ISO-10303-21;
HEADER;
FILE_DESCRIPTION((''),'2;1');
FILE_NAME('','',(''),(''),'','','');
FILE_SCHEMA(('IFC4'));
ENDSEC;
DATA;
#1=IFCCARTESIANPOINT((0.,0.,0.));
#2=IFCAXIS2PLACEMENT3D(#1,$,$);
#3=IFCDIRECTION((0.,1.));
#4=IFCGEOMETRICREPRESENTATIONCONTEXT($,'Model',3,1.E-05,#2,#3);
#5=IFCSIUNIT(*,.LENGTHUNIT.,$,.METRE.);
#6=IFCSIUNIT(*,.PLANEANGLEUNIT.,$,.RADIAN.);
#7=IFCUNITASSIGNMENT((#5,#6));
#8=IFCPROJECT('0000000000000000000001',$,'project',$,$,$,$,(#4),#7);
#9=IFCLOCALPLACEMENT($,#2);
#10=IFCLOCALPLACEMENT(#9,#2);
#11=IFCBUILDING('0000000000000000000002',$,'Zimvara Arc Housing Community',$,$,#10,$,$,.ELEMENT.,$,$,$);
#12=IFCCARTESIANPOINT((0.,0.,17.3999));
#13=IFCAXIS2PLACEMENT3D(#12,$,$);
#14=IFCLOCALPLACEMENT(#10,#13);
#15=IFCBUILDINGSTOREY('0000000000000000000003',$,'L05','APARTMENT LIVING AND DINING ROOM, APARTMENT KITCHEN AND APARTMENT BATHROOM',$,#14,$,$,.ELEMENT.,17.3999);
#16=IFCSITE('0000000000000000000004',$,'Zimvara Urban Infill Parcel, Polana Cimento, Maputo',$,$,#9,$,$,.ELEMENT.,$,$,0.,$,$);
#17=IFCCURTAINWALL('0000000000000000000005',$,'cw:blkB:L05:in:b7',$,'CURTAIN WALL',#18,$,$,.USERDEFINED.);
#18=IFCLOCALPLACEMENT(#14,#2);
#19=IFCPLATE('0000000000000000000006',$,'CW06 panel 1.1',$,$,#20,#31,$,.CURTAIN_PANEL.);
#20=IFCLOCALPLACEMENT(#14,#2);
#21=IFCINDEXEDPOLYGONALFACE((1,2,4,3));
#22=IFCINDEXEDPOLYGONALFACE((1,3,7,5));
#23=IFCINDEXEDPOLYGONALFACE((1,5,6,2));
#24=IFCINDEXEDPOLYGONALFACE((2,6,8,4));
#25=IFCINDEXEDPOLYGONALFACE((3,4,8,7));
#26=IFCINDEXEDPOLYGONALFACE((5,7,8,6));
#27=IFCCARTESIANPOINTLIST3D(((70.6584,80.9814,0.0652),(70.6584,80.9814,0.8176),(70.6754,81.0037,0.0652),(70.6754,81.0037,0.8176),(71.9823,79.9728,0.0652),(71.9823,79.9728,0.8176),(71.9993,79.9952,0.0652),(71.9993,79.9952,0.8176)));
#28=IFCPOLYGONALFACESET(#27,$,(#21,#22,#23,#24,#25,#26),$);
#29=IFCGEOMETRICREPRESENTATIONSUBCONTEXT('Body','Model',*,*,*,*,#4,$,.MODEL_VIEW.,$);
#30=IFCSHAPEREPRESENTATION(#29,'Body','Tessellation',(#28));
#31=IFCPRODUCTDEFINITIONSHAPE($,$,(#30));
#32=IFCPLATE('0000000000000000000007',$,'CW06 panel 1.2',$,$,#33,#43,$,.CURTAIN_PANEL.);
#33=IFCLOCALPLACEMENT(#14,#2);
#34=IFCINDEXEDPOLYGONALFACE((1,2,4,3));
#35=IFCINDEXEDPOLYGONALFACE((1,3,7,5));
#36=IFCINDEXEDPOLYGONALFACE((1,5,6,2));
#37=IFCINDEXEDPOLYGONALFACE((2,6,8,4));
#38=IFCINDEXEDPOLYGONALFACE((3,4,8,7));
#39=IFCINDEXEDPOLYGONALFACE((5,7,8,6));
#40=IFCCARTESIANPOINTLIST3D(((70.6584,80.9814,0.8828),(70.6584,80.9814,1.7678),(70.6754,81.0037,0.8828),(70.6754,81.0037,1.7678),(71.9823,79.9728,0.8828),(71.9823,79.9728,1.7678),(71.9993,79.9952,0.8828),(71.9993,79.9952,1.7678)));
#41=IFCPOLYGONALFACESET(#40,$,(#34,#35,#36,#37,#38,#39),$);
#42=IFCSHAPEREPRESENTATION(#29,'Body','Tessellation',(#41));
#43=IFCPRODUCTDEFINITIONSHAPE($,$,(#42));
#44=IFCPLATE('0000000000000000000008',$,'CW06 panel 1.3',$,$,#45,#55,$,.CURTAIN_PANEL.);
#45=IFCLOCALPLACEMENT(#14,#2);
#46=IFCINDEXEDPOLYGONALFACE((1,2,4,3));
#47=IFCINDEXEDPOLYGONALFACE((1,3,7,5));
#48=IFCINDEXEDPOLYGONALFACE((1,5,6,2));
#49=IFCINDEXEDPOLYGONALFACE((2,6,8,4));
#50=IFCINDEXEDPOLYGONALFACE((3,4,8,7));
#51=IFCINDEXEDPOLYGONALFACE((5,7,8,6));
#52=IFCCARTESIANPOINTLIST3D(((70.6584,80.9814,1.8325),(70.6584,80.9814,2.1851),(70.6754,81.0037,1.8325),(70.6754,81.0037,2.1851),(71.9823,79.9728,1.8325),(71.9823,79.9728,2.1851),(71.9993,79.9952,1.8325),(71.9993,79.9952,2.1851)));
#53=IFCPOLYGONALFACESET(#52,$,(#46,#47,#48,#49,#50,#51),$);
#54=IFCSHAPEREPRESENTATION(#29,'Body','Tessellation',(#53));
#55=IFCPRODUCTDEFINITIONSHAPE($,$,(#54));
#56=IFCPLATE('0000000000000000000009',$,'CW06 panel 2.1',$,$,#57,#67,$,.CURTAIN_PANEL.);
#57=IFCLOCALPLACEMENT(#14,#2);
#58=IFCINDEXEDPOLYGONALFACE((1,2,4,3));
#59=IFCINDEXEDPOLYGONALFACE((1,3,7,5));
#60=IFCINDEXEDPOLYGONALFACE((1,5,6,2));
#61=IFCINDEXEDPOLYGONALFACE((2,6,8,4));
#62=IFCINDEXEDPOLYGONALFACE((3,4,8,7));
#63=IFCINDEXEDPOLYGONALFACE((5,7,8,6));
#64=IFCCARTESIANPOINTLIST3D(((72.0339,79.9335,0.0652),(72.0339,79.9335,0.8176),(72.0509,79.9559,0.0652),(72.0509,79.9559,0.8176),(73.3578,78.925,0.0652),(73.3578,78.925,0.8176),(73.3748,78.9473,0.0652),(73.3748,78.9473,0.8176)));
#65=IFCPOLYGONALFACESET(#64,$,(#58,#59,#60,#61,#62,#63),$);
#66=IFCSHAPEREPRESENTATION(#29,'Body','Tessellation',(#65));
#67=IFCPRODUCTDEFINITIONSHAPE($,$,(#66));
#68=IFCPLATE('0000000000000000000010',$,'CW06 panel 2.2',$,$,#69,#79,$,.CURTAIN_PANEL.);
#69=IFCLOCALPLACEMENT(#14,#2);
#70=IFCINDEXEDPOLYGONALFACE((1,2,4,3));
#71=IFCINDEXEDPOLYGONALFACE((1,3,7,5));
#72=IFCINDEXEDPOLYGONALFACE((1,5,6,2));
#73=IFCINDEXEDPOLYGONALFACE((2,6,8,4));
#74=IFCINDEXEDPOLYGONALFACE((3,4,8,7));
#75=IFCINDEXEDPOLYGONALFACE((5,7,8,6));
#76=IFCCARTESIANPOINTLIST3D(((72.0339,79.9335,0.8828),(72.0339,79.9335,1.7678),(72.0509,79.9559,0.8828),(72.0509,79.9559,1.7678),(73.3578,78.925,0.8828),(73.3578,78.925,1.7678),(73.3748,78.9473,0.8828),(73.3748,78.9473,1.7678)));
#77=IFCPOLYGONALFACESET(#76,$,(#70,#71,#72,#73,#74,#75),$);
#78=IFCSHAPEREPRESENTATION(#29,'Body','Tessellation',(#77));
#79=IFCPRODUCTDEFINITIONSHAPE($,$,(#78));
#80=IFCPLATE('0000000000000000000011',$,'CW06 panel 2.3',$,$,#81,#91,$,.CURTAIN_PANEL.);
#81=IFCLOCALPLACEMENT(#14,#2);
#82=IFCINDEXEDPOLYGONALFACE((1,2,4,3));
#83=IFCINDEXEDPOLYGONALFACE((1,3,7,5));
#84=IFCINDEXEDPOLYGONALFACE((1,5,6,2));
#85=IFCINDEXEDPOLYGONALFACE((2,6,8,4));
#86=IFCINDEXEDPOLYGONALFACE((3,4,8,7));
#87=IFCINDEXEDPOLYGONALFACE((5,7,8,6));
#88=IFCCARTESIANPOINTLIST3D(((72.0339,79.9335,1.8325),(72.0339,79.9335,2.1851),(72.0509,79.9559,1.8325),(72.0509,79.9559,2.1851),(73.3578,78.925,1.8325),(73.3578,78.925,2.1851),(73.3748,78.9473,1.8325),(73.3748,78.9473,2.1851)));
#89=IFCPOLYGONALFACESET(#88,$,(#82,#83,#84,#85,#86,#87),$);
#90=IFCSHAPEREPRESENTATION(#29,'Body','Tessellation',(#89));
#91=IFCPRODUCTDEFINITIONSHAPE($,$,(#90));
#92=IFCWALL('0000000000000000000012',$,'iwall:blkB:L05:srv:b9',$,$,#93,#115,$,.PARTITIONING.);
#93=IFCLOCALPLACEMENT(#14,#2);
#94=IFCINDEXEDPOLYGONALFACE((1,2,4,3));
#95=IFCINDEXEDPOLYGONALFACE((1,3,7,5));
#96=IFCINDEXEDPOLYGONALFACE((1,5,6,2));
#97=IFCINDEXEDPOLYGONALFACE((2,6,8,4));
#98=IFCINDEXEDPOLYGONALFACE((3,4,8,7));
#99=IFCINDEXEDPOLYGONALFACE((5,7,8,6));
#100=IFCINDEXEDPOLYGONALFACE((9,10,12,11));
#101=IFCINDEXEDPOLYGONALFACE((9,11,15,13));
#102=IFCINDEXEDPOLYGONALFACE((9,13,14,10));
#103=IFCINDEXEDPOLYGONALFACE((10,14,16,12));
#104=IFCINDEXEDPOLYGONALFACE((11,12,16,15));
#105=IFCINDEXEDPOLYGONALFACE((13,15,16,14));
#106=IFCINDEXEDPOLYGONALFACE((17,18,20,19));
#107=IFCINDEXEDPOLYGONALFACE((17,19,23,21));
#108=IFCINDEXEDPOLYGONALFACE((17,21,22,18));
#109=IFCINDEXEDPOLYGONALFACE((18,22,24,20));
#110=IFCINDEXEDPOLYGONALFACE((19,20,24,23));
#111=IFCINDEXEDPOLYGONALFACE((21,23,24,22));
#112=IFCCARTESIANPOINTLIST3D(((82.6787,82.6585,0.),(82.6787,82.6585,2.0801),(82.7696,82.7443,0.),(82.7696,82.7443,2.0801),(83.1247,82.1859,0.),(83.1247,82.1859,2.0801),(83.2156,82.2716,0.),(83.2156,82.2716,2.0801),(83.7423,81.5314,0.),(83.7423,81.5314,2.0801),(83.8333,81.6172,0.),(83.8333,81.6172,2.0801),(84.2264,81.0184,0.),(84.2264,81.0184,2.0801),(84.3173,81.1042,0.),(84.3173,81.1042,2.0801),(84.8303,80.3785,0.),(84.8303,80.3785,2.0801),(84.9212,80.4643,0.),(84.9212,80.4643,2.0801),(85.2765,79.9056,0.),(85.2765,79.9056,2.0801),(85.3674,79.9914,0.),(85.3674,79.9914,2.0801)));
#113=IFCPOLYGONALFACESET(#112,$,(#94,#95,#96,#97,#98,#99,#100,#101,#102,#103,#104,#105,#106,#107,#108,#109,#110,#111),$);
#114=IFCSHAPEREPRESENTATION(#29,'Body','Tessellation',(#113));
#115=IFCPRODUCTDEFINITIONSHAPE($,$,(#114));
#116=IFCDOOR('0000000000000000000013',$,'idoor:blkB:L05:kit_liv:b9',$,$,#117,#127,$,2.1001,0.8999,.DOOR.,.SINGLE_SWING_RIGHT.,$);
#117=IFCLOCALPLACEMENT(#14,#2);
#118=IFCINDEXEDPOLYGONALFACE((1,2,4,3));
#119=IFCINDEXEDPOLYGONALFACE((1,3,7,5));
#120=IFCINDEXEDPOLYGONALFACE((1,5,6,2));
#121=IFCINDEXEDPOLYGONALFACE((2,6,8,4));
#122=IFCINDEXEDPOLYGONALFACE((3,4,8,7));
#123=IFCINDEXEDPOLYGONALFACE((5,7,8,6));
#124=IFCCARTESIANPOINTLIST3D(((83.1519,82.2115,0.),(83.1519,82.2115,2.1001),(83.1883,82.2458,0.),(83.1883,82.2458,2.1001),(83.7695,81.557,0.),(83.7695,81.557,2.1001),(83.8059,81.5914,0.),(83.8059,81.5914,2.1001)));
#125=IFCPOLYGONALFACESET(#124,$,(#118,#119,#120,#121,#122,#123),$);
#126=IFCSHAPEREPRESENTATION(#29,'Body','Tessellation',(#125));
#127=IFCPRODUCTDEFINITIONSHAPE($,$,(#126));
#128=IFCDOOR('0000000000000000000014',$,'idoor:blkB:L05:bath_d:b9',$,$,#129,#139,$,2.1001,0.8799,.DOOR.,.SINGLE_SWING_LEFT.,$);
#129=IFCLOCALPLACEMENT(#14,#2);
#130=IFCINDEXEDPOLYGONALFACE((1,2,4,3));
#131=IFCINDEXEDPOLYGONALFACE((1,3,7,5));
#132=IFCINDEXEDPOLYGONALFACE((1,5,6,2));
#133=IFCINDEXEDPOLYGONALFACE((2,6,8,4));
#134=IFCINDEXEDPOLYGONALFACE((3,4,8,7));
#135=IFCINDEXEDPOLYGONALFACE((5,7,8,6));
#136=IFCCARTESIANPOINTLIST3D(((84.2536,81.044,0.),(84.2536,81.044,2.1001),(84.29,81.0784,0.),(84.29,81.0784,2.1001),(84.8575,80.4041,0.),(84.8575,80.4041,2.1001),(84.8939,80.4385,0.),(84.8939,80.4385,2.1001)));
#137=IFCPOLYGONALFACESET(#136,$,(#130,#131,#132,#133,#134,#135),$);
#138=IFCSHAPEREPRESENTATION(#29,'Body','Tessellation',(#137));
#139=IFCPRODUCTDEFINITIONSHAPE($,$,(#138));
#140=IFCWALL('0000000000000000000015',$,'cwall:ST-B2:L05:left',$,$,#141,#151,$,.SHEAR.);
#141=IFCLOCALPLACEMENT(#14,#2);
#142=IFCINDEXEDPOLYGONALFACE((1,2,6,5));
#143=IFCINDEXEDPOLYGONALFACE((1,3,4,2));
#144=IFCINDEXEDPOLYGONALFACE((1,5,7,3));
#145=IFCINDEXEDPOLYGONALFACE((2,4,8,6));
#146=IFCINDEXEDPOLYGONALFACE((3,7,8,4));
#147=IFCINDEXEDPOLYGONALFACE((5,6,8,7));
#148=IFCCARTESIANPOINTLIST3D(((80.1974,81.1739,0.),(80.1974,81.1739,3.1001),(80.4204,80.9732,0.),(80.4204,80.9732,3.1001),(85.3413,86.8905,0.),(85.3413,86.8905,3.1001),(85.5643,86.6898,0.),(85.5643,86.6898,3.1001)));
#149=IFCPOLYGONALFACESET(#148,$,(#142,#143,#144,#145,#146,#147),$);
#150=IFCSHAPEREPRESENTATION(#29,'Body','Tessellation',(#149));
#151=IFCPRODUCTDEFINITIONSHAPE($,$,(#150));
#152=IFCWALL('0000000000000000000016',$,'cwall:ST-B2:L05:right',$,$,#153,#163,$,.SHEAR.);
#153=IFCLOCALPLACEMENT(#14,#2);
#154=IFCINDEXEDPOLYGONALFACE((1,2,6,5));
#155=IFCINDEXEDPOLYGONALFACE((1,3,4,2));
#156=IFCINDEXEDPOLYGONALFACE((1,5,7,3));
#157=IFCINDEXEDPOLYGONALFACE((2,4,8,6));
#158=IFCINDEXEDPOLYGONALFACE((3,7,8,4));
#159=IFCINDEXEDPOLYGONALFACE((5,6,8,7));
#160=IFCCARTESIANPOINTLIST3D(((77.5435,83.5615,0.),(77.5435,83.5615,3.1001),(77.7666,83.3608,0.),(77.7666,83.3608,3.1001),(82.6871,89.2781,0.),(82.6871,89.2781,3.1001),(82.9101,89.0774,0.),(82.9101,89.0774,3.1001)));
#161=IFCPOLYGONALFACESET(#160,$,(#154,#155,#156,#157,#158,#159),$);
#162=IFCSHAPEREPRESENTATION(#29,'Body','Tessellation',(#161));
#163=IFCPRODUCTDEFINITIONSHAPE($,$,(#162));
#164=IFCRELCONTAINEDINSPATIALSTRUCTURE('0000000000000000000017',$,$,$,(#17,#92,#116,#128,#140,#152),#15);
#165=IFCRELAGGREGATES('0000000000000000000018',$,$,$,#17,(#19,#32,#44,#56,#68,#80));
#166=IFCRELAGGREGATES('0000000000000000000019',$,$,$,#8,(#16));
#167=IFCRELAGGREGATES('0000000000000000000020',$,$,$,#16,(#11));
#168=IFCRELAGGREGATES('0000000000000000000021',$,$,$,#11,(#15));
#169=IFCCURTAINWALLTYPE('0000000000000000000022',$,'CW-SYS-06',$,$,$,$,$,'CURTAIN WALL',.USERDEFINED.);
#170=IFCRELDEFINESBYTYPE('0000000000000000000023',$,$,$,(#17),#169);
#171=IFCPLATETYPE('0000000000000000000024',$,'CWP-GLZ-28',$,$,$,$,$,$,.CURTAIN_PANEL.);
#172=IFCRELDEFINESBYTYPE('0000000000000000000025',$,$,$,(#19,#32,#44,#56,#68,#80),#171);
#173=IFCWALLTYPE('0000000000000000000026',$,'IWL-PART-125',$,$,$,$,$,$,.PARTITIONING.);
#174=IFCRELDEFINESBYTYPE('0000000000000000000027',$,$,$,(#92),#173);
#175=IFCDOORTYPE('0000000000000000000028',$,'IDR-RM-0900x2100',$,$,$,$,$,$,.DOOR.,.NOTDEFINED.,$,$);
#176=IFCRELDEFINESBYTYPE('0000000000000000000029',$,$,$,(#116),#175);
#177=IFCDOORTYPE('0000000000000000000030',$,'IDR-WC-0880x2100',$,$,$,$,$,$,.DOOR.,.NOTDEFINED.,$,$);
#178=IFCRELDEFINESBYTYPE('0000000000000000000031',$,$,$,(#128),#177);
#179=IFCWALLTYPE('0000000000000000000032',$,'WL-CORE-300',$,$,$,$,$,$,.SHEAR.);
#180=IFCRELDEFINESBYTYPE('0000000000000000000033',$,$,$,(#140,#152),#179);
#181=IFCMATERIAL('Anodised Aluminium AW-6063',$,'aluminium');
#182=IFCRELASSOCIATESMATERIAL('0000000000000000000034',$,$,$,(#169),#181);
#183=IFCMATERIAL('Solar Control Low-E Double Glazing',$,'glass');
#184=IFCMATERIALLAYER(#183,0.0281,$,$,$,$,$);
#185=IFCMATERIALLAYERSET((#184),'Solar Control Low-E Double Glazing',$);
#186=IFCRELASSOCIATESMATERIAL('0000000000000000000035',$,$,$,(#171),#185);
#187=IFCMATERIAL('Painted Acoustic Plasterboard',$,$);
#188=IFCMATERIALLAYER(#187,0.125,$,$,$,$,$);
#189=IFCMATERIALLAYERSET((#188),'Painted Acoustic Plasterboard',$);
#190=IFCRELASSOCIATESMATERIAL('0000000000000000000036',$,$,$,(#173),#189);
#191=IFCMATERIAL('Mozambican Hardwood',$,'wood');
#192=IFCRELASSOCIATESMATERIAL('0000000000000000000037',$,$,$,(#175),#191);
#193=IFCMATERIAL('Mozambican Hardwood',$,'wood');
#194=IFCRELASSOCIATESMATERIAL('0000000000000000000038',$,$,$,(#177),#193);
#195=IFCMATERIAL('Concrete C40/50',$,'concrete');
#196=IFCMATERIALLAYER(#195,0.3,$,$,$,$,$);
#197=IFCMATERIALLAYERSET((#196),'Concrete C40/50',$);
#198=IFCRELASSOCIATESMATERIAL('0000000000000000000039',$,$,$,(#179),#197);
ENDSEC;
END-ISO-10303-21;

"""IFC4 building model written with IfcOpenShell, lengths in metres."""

from ifc_helpers import new_model, si_unit, direction, frame, frame_2d, origin, origin_2d, place, context, subcontext, project, spatial, rectangle, extrude, material, layer, layer_set, type_object, element, fill, aggregate, save


model = new_model("IFC4")

# Units and contexts
model_context = context("Model", 3, precision=1e-05, world=origin(), true_north=direction((0.0, 1.0)))
body_context = subcontext(model_context, "Body", "Model", "MODEL_VIEW")
ifc_project = project(units=[si_unit("LENGTHUNIT", "METRE"), si_unit("PLANEANGLEUNIT", "RADIAN")], contexts=[model_context])

# Site, building, storey
site_placement = place(None, origin())
site = spatial("IfcSite", under=ifc_project, at=site_placement, Name="Zimvara Urban Infill Parcel, Polana Cimento, Maputo", CompositionType="ELEMENT", RefElevation=0.0)
building_placement = place(site_placement, origin())
building = spatial("IfcBuilding", under=site, at=building_placement, Name="Zimvara Arc Housing Community", CompositionType="ELEMENT")
storey_placement = place(building_placement, frame((0.0, 0.0, 17.3999)))
storey = spatial("IfcBuildingStorey", under=building, at=storey_placement, Name="L05", Description="APARTMENT LIVING AND DINING ROOM, APARTMENT KITCHEN AND APARTMENT BATHROOM", CompositionType="ELEMENT", Elevation=17.3999)

# Curtain wall, plates
ifc_material_1 = material(Name="Anodised Aluminium AW-6063", Category="aluminium")
curtain_wall_type = type_object("IfcCurtainWallType", Name="CW-SYS-06", ElementType="CURTAIN WALL", PredefinedType="USERDEFINED", material=ifc_material_1)
curtain_wall_placement = place(storey_placement, origin())
curtain_wall = element("IfcCurtainWall", 1, at=curtain_wall_placement, inside=storey, type_object=curtain_wall_type, Name="cw:blkB:L05:in:b7", ObjectType="CURTAIN WALL", PredefinedType="USERDEFINED")
ifc_material_2 = material(Name="Solar Control Low-E Double Glazing", Category="glass")
ifc_layer_1 = layer(ifc_material_2, 0.0281)
ifc_layer_set_1 = layer_set([ifc_layer_1], Name="Solar Control Low-E Double Glazing")
plate_type = type_object("IfcPlateType", Name="CWP-GLZ-28", PredefinedType="CURTAIN_PANEL", material=ifc_layer_set_1)
plate_1_placement = place(storey_placement, frame((71.3289, 80.4883, 0.0652), z_axis=(0.0, 0.0, 1.0), x_axis=(0.795474, -0.605988, 0.0)))
plate_1 = element("IfcPlate", 2, at=plate_1_placement, type_object=plate_type, Name="CW06 panel 1.1", PredefinedType="CURTAIN_PANEL", context=body_context, shape_type="SweptSolid", body=[
    extrude(rectangle(XDim=1.6643, YDim=0.0281, at=origin_2d()), origin(), (0.0, 0.0, 1.0), 0.7524),
])
plate_2_placement = place(storey_placement, frame((71.3289, 80.4883, 0.8828), z_axis=(0.0, 0.0, 1.0), x_axis=(0.795474, -0.605988, 0.0)))
plate_2 = element("IfcPlate", 3, at=plate_2_placement, type_object=plate_type, Name="CW06 panel 1.2", PredefinedType="CURTAIN_PANEL", context=body_context, shape_type="SweptSolid", body=[
    extrude(rectangle(XDim=1.6643, YDim=0.0281, at=origin_2d()), origin(), (0.0, 0.0, 1.0), 0.885),
])
plate_3_placement = place(storey_placement, frame((71.3289, 80.4883, 1.8325), z_axis=(0.0, 0.0, 1.0), x_axis=(0.795474, -0.605988, 0.0)))
plate_3 = element("IfcPlate", 4, at=plate_3_placement, type_object=plate_type, Name="CW06 panel 1.3", PredefinedType="CURTAIN_PANEL", context=body_context, shape_type="SweptSolid", body=[
    extrude(rectangle(XDim=1.6643, YDim=0.0281, at=origin_2d()), origin(), (0.0, 0.0, 1.0), 0.3525),
])
plate_4_placement = place(storey_placement, frame((72.7043, 79.4404, 0.0652), z_axis=(0.0, 0.0, 1.0), x_axis=(0.795474, -0.605988, 0.0)))
plate_4 = element("IfcPlate", 5, at=plate_4_placement, type_object=plate_type, Name="CW06 panel 2.1", PredefinedType="CURTAIN_PANEL", context=body_context, shape_type="SweptSolid", body=[
    extrude(rectangle(XDim=1.6643, YDim=0.0281, at=origin_2d()), origin(), (0.0, 0.0, 1.0), 0.7524),
])
plate_5_placement = place(storey_placement, frame((72.7043, 79.4404, 0.8828), z_axis=(0.0, 0.0, 1.0), x_axis=(0.795474, -0.605988, 0.0)))
plate_5 = element("IfcPlate", 6, at=plate_5_placement, type_object=plate_type, Name="CW06 panel 2.2", PredefinedType="CURTAIN_PANEL", context=body_context, shape_type="SweptSolid", body=[
    extrude(rectangle(XDim=1.6643, YDim=0.0281, at=origin_2d()), origin(), (0.0, 0.0, 1.0), 0.885),
])
plate_6_placement = place(storey_placement, frame((72.7043, 79.4404, 1.8325), z_axis=(0.0, 0.0, 1.0), x_axis=(0.795474, -0.605988, 0.0)))
plate_6 = element("IfcPlate", 7, at=plate_6_placement, type_object=plate_type, Name="CW06 panel 2.3", PredefinedType="CURTAIN_PANEL", context=body_context, shape_type="SweptSolid", body=[
    extrude(rectangle(XDim=1.6643, YDim=0.0281, at=origin_2d()), origin(), (0.0, 0.0, 1.0), 0.3525),
])
aggregate(curtain_wall, [plate_1, plate_2, plate_3, plate_4, plate_5, plate_6])

# Wall, openings, doors
ifc_material_3 = material(Name="Painted Acoustic Plasterboard")
ifc_layer_2 = layer(ifc_material_3, 0.125)
ifc_layer_set_2 = layer_set([ifc_layer_2], Name="Painted Acoustic Plasterboard")
wall_type_1 = type_object("IfcWallType", Name="IWL-PART-125", PredefinedType="PARTITIONING", material=ifc_layer_set_2)
wall_1_placement = place(storey_placement, frame((82.7241, 82.7014, 0.0), z_axis=(0.0, 0.0, 1.0), x_axis=(0.686332, -0.727289, 0.0)))
wall_1 = element("IfcWall", 8, at=wall_1_placement, inside=storey, type_object=wall_type_1, Name="iwall:blkB:L05:srv:b9", PredefinedType="PARTITIONING", context=body_context, shape_type="SweptSolid", body=[
    extrude(rectangle(XDim=3.7852, YDim=0.125, at=frame_2d((1.8926, 0.0))), origin(), (0.0, 0.0, 1.0), 2.0801),
])
opening_1_placement = place(wall_1_placement, frame((0.6499, 0.0, 0.0)))
opening_1 = element("IfcOpeningElement", 9, at=opening_1_placement, cuts=wall_1, PredefinedType="OPENING", context=body_context, shape_type="SweptSolid", body=[
    extrude(rectangle(XDim=0.8999, YDim=2.1001, at=frame_2d((0.45, 1.05))), frame((0.0, 0.0725, 0.0), z_axis=(0.0, -1.0, 0.0), x_axis=(1.0, 0.0, 0.0)), (0.0, 0.0, 1.0), 0.145),
])
opening_2_placement = place(wall_1_placement, frame((2.2551, 0.0, 0.0)))
opening_2 = element("IfcOpeningElement", 10, at=opening_2_placement, cuts=wall_1, PredefinedType="OPENING", context=body_context, shape_type="SweptSolid", body=[
    extrude(rectangle(XDim=0.8799, YDim=2.1001, at=frame_2d((0.4399, 1.05))), frame((0.0, 0.0725, 0.0), z_axis=(0.0, -1.0, 0.0), x_axis=(1.0, 0.0, 0.0)), (0.0, 0.0, 1.0), 0.145),
])
ifc_material_4 = material(Name="Mozambican Hardwood", Category="wood")
door_type_1 = type_object("IfcDoorType", Name="IDR-RM-0900x2100", OperationType="NOTDEFINED", PredefinedType="DOOR", material=ifc_material_4)
door_1_placement = place(opening_1_placement, origin())
door_1 = element("IfcDoor", 11, at=door_1_placement, inside=storey, type_object=door_type_1, Name="idoor:blkB:L05:kit_liv:b9", OperationType="SINGLE_SWING_RIGHT", OverallHeight=2.1001, OverallWidth=0.8999, PredefinedType="DOOR", context=body_context, shape_type="SweptSolid", body=[
    extrude(rectangle(XDim=0.8999, YDim=2.1001, at=frame_2d((0.45, 1.05))), frame((0.0, 0.0249, 0.0), z_axis=(0.0, -1.0, 0.0), x_axis=(1.0, 0.0, 0.0)), (0.0, 0.0, 1.0), 0.05),
])
fill(opening_1, door_1)
ifc_material_5 = material(Name="Mozambican Hardwood", Category="wood")
door_type_2 = type_object("IfcDoorType", Name="IDR-WC-0880x2100", OperationType="NOTDEFINED", PredefinedType="DOOR", material=ifc_material_5)
door_2_placement = place(opening_2_placement, origin())
door_2 = element("IfcDoor", 12, at=door_2_placement, inside=storey, type_object=door_type_2, Name="idoor:blkB:L05:bath_d:b9", OperationType="SINGLE_SWING_LEFT", OverallHeight=2.1001, OverallWidth=0.8799, PredefinedType="DOOR", context=body_context, shape_type="SweptSolid", body=[
    extrude(rectangle(XDim=0.8799, YDim=2.1001, at=frame_2d((0.4399, 1.05))), frame((0.0, 0.0249, 0.0), z_axis=(0.0, -1.0, 0.0), x_axis=(1.0, 0.0, 0.0)), (0.0, 0.0, 1.0), 0.05),
])
fill(opening_2, door_2)

# Shared definitions
ifc_material_6 = material(Name="Concrete C40/50", Category="concrete")
ifc_layer_3 = layer(ifc_material_6, 0.3)
ifc_layer_set_3 = layer_set([ifc_layer_3], Name="Concrete C40/50")
wall_type_2 = type_object("IfcWallType", Name="WL-CORE-300", PredefinedType="SHEAR", material=ifc_layer_set_3)

# Walls
wall_2_placement = place(storey_placement, frame((80.3088, 81.0735, 0.0), z_axis=(0.0, 0.0, 1.0), x_axis=(0.668886, 0.743365, 0.0)))
element("IfcWall", 13, at=wall_2_placement, inside=storey, type_object=wall_type_2, Name="cwall:ST-B2:L05:left", PredefinedType="SHEAR", context=body_context, shape_type="SweptSolid", body=[
    extrude(rectangle(XDim=7.6902, YDim=0.3, at=frame_2d((3.8452, 0.0))), origin(), (0.0, 0.0, 1.0), 3.1001),
])
wall_3_placement = place(storey_placement, frame((77.655, 83.4612, 0.0), z_axis=(0.0, 0.0, 1.0), x_axis=(0.668868, 0.743381, 0.0)))
element("IfcWall", 14, at=wall_3_placement, inside=storey, type_object=wall_type_2, Name="cwall:ST-B2:L05:right", PredefinedType="SHEAR", context=body_context, shape_type="SweptSolid", body=[
    extrude(rectangle(XDim=7.6899, YDim=0.3, at=frame_2d((3.845, 0.0))), origin(), (0.0, 0.0, 1.0), 3.1001),
])

save(model, "model.ifc")
